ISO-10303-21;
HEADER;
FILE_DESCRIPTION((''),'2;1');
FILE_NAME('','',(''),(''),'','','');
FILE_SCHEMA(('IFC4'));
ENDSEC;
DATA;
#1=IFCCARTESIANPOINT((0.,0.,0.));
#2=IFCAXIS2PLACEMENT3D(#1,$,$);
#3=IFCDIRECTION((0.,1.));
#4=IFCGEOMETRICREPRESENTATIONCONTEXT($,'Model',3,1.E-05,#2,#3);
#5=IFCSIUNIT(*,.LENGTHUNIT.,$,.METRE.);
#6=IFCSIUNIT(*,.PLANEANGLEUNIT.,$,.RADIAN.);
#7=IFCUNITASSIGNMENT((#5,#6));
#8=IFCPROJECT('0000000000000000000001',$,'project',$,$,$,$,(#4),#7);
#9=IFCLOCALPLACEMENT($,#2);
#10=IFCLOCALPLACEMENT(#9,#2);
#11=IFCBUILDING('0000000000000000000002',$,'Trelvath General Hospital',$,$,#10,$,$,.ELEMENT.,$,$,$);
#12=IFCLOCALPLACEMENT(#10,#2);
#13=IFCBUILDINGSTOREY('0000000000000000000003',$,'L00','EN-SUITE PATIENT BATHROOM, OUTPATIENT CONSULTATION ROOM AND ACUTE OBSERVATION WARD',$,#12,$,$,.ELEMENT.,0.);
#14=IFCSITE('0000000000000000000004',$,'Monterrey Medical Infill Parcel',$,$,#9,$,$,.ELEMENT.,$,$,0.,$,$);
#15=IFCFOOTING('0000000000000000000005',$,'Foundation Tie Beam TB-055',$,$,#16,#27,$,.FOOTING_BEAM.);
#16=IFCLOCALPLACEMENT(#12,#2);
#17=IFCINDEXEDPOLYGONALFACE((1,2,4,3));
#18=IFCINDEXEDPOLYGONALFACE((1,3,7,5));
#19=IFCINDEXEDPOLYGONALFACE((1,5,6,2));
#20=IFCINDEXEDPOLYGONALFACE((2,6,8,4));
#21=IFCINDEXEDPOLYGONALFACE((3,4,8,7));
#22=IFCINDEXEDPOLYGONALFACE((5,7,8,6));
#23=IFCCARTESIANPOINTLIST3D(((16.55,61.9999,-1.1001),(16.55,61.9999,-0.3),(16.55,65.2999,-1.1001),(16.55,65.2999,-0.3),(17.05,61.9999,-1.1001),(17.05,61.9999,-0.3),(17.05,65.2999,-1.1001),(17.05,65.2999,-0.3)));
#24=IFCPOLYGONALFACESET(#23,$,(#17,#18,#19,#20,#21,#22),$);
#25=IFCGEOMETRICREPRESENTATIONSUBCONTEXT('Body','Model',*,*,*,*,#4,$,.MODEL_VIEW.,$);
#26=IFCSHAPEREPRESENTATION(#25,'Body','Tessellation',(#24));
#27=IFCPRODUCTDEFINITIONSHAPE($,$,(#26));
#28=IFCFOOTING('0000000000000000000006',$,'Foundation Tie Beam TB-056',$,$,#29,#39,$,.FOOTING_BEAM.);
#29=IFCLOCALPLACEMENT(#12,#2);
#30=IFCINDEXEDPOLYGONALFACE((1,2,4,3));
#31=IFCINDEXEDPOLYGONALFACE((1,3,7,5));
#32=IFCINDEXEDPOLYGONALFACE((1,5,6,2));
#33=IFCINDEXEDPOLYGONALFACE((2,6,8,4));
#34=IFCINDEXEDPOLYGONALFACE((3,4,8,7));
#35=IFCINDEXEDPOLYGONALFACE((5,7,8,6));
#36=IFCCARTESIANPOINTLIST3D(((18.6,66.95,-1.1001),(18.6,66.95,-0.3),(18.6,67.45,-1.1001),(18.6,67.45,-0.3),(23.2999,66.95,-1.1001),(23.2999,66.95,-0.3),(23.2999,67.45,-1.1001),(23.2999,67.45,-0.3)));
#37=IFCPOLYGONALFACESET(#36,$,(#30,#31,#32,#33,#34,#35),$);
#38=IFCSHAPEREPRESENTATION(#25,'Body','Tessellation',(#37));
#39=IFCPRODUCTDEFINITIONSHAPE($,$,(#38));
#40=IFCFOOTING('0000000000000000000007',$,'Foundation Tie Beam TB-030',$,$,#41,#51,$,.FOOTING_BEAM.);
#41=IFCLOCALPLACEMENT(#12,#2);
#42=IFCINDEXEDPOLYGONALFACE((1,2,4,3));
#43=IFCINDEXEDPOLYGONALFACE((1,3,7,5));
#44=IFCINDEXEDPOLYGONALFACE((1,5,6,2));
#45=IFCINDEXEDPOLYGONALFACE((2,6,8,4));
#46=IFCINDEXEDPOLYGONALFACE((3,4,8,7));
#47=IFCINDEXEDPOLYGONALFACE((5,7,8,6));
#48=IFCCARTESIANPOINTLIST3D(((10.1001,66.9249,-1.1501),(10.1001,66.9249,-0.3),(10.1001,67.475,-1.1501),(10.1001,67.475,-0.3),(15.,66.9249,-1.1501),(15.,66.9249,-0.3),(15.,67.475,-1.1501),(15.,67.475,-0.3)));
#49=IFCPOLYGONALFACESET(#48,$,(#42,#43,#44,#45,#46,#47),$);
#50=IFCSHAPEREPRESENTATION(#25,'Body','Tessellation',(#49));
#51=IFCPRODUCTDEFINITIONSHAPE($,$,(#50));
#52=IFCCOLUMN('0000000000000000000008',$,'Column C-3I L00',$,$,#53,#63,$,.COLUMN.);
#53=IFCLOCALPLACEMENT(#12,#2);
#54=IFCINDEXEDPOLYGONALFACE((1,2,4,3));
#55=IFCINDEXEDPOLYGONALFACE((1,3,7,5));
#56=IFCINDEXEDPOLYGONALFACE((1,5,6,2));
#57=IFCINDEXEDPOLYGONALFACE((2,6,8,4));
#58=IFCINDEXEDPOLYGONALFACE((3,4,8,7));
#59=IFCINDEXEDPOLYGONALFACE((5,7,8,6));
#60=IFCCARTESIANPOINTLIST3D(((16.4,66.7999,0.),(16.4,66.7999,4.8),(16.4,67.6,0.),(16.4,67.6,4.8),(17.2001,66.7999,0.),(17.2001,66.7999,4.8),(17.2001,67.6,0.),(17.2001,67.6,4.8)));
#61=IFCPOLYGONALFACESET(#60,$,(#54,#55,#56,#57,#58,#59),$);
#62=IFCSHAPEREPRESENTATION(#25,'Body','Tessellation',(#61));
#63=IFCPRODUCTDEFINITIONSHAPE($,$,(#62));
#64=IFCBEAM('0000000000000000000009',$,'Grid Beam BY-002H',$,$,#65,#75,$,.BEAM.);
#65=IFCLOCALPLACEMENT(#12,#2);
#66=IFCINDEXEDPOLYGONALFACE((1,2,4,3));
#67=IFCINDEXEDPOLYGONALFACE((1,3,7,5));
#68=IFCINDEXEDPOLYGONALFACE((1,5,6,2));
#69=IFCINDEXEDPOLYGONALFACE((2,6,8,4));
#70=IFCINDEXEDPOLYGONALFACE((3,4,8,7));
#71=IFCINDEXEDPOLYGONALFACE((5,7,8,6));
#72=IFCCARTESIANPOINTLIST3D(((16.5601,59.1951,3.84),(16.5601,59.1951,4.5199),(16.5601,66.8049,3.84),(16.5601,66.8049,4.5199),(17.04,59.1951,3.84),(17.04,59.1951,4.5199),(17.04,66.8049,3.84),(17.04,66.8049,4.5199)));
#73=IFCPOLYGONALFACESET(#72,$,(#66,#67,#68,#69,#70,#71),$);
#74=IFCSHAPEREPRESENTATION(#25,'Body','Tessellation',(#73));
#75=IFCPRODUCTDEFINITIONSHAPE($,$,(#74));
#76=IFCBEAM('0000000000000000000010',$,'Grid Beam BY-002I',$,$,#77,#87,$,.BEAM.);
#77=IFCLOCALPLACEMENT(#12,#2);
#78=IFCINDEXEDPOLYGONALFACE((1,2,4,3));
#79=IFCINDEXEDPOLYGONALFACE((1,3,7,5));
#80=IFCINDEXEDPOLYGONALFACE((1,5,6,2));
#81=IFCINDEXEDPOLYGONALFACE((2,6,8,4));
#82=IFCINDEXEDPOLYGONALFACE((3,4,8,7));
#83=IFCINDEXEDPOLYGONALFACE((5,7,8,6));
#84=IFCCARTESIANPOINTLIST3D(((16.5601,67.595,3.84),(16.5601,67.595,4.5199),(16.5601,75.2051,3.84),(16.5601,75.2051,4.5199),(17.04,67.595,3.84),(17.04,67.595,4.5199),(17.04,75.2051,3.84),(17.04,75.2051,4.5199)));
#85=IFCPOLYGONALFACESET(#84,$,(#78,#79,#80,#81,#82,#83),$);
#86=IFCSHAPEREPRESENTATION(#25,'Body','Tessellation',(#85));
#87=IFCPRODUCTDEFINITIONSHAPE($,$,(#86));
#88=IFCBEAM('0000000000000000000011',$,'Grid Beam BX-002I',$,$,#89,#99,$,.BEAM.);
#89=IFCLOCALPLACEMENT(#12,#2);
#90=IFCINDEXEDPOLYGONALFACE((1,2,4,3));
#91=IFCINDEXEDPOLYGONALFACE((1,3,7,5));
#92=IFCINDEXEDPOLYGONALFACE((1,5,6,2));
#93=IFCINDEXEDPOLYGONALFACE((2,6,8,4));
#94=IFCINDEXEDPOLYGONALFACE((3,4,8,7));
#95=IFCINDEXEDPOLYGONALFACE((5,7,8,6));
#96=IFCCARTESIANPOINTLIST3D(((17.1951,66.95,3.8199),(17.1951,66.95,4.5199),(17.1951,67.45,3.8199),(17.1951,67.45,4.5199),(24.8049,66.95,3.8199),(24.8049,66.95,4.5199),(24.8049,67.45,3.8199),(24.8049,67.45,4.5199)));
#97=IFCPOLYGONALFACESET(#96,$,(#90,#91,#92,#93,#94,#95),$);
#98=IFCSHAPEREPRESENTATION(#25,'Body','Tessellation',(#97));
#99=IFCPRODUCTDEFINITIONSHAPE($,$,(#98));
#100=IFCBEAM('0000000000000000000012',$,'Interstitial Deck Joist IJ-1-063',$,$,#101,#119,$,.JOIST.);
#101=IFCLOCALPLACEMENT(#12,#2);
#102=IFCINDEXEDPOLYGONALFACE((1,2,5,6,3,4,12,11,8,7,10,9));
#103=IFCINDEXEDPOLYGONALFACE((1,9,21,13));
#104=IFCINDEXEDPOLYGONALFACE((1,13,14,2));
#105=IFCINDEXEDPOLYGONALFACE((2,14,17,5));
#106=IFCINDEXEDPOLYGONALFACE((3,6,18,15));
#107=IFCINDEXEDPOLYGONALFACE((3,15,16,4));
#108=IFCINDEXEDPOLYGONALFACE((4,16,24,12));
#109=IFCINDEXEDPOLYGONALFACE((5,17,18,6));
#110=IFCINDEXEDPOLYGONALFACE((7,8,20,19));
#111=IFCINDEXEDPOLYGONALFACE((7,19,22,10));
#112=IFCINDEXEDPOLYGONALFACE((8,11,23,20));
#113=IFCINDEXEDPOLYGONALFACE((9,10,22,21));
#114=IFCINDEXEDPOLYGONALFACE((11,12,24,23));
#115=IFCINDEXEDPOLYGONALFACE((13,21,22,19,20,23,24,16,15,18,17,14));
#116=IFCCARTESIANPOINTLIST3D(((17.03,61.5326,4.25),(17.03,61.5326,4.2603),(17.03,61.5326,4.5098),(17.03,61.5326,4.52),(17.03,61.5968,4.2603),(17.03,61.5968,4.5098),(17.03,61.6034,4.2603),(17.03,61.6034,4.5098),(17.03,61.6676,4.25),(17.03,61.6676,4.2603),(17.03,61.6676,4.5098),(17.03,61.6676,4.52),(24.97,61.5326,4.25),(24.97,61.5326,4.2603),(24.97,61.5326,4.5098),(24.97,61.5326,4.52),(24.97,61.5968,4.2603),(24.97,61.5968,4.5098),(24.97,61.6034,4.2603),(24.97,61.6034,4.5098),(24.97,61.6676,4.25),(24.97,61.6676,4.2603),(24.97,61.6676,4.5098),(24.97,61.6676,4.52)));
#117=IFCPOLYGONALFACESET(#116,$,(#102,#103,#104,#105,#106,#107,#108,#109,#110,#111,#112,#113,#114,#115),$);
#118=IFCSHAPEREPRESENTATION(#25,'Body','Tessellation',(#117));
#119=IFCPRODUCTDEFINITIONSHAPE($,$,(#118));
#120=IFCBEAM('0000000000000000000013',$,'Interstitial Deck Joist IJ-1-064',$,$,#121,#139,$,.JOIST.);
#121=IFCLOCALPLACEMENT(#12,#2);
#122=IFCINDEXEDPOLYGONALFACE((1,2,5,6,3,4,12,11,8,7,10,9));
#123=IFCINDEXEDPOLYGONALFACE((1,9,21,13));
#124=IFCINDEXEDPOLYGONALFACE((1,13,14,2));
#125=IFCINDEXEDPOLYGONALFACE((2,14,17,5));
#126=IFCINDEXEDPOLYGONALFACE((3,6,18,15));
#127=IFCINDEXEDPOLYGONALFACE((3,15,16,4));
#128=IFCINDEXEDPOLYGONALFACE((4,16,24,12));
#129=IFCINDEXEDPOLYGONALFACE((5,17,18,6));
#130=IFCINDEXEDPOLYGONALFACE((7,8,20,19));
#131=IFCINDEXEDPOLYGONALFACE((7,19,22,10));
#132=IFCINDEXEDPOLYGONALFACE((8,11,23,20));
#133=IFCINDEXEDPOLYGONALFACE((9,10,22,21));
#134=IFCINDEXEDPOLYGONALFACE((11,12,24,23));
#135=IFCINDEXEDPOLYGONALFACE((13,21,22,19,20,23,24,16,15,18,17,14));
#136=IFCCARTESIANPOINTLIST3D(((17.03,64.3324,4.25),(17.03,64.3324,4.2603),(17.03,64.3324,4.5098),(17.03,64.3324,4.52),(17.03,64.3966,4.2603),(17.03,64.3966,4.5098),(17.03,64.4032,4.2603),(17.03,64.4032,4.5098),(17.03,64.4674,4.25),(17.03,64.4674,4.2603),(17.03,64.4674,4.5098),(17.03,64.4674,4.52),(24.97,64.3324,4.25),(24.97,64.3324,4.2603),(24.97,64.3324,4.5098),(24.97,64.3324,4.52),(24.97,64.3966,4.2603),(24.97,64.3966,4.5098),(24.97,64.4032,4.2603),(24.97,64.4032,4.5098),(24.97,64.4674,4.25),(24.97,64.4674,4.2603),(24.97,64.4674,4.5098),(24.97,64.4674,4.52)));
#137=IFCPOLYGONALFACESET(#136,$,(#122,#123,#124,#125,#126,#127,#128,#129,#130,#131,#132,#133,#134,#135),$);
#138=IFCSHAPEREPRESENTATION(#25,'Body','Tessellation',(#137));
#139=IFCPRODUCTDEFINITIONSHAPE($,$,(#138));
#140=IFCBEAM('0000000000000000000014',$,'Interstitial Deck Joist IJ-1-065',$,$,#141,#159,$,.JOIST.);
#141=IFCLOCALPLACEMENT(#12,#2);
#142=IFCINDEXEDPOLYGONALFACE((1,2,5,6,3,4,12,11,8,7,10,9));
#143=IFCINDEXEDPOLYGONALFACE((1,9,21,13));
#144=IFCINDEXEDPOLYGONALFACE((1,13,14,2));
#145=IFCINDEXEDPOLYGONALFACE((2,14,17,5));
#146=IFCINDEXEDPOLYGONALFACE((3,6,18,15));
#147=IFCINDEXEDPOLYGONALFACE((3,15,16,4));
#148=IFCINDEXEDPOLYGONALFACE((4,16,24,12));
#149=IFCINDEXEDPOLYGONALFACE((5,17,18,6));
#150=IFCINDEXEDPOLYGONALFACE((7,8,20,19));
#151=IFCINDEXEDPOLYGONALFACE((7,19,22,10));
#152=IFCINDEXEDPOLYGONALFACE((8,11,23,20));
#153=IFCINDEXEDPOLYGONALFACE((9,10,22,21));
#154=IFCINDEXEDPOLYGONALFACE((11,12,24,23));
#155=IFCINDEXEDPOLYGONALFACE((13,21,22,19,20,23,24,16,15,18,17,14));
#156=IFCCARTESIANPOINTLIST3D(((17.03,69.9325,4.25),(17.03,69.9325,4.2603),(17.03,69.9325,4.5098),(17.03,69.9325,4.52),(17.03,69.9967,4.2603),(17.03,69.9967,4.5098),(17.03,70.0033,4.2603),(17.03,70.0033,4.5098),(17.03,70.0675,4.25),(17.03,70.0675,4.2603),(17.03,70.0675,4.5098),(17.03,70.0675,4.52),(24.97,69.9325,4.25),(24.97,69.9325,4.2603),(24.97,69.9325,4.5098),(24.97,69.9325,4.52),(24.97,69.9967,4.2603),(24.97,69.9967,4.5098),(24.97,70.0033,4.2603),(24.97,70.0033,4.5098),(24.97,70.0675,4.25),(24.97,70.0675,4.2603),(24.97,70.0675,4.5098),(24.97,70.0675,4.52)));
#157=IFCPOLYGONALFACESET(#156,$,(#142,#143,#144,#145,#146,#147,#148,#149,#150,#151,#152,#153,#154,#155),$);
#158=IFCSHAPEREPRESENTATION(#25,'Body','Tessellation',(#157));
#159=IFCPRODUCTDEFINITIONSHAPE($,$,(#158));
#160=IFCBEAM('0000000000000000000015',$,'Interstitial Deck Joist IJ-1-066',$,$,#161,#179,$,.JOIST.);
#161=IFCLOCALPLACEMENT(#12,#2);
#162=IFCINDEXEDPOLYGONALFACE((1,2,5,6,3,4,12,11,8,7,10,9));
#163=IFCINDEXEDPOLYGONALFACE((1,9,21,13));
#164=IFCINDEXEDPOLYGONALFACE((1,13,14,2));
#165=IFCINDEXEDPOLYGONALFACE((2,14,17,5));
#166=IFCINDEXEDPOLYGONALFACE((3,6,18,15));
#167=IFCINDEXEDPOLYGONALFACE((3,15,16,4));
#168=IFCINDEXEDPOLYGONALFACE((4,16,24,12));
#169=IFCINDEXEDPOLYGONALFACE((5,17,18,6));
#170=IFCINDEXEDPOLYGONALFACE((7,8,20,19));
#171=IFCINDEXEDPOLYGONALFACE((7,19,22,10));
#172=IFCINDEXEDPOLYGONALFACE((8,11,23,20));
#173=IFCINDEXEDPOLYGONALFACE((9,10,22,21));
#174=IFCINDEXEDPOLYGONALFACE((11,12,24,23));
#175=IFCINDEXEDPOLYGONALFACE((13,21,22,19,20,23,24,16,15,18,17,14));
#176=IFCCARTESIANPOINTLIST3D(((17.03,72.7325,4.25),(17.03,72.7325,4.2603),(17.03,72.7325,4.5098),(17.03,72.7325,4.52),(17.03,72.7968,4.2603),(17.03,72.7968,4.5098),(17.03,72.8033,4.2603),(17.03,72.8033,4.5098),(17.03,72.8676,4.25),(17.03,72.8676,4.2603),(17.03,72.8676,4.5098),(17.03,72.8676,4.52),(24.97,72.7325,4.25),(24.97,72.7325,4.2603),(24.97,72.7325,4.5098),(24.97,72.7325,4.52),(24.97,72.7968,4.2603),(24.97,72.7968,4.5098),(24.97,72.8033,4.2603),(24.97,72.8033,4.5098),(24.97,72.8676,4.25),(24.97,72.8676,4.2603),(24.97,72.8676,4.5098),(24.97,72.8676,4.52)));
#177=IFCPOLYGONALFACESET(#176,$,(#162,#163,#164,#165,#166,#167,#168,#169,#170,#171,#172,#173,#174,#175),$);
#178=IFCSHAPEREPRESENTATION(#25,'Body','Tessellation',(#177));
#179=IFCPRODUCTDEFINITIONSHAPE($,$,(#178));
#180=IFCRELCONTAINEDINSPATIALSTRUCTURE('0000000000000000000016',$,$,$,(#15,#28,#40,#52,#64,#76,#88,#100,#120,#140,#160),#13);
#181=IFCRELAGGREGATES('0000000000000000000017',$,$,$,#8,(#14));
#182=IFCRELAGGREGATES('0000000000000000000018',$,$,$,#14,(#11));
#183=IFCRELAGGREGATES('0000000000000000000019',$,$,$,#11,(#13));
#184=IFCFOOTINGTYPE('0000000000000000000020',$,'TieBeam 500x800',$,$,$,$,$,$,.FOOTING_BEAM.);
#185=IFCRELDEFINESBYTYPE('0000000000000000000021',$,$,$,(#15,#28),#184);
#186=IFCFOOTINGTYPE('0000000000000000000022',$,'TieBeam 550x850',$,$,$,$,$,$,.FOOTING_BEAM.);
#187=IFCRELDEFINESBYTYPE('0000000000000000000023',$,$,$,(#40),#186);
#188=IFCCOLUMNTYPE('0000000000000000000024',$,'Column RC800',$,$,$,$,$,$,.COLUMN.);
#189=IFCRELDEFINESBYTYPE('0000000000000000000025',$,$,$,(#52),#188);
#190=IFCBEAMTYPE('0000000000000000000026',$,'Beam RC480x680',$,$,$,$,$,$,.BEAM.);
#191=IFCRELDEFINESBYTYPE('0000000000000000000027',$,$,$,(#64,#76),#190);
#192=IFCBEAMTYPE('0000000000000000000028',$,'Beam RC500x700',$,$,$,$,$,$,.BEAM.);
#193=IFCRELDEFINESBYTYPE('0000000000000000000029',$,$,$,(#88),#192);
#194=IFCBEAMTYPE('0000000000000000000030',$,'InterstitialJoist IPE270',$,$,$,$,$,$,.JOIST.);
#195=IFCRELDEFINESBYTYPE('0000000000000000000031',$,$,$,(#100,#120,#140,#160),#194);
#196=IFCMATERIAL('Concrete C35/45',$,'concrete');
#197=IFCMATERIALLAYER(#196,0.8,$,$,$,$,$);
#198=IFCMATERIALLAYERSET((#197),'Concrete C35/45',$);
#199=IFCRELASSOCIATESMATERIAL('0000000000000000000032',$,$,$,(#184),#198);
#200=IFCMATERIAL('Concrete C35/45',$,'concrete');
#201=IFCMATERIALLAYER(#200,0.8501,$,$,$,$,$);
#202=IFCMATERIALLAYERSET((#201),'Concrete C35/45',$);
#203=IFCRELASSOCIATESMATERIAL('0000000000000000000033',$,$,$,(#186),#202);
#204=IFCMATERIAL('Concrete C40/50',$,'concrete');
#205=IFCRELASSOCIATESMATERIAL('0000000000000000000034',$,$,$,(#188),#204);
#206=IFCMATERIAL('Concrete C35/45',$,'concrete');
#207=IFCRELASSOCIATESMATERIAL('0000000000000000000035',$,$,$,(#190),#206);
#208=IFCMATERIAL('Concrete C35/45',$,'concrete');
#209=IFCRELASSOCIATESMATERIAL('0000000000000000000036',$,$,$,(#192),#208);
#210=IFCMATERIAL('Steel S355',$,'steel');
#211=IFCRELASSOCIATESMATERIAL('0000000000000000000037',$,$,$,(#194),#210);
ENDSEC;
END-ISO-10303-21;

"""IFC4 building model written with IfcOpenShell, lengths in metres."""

from ifc_helpers import new_model, si_unit, direction, frame, origin, origin_2d, place, context, subcontext, project, spatial, rectangle, i_section, extrude, material, layer, layer_set, material_profile, profile_set, type_object, element, save


model = new_model("IFC4")

# Units and contexts
model_context = context("Model", 3, precision=1e-05, world=origin(), true_north=direction((0.0, 1.0)))
body_context = subcontext(model_context, "Body", "Model", "MODEL_VIEW")
ifc_project = project(units=[si_unit("LENGTHUNIT", "METRE"), si_unit("PLANEANGLEUNIT", "RADIAN")], contexts=[model_context])

# Site, building, storey
site_placement = place(None, origin())
site = spatial("IfcSite", under=ifc_project, at=site_placement, Name="Monterrey Medical Infill Parcel", CompositionType="ELEMENT", RefElevation=0.0)
building_placement = place(site_placement, origin())
building = spatial("IfcBuilding", under=site, at=building_placement, Name="Trelvath General Hospital", CompositionType="ELEMENT")
storey_placement = place(building_placement, origin())
storey = spatial("IfcBuildingStorey", under=building, at=storey_placement, Name="L00", Description="EN-SUITE PATIENT BATHROOM, OUTPATIENT CONSULTATION ROOM AND ACUTE OBSERVATION WARD", CompositionType="ELEMENT", Elevation=0.0)

# Footings
ifc_material_1 = material(Name="Concrete C35/45", Category="concrete")
ifc_layer_1 = layer(ifc_material_1, 0.8)
ifc_layer_set_1 = layer_set([ifc_layer_1], Name="Concrete C35/45")
footing_type_1 = type_object("IfcFootingType", Name="TieBeam 500x800", PredefinedType="FOOTING_BEAM", material=ifc_layer_set_1)
footing_1_placement = place(storey_placement, frame((16.8, 63.6499, -1.1001), z_axis=(0.0, 0.0, 1.0), x_axis=(1.0, 0.0, 0.0)))
element("IfcFooting", 1, at=footing_1_placement, inside=storey, type_object=footing_type_1, Name="Foundation Tie Beam TB-055", PredefinedType="FOOTING_BEAM", context=body_context, shape_type="SweptSolid", body=[
    extrude(rectangle(XDim=0.5, YDim=3.3, at=origin_2d()), origin(), (0.0, 0.0, 1.0), 0.8),
])
footing_2_placement = place(storey_placement, frame((20.95, 67.2, -1.1001), z_axis=(0.0, 0.0, 1.0), x_axis=(1.0, 0.0, 0.0)))
element("IfcFooting", 2, at=footing_2_placement, inside=storey, type_object=footing_type_1, Name="Foundation Tie Beam TB-056", PredefinedType="FOOTING_BEAM", context=body_context, shape_type="SweptSolid", body=[
    extrude(rectangle(XDim=4.7, YDim=0.5, at=origin_2d()), origin(), (0.0, 0.0, 1.0), 0.8),
])
ifc_material_2 = material(Name="Concrete C35/45", Category="concrete")
ifc_layer_2 = layer(ifc_material_2, 0.8501)
ifc_layer_set_2 = layer_set([ifc_layer_2], Name="Concrete C35/45")
footing_type_2 = type_object("IfcFootingType", Name="TieBeam 550x850", PredefinedType="FOOTING_BEAM", material=ifc_layer_set_2)
footing_3_placement = place(storey_placement, frame((12.55, 67.2, -1.1501), z_axis=(0.0, 0.0, 1.0), x_axis=(1.0, 0.0, 0.0)))
element("IfcFooting", 3, at=footing_3_placement, inside=storey, type_object=footing_type_2, Name="Foundation Tie Beam TB-030", PredefinedType="FOOTING_BEAM", context=body_context, shape_type="SweptSolid", body=[
    extrude(rectangle(XDim=4.8999, YDim=0.55, at=origin_2d()), origin(), (0.0, 0.0, 1.0), 0.8501),
])

# Column
ifc_material_3 = material(Name="Concrete C40/50", Category="concrete")
ifc_material_profile_1 = material_profile(ifc_material_3, rectangle(XDim=0.8, YDim=0.8, at=origin_2d()), Name="RC800x800")
ifc_profile_set_1 = profile_set([ifc_material_profile_1], Name="Concrete C40/50")
column_type = type_object("IfcColumnType", Name="Column RC800", PredefinedType="COLUMN", material=ifc_profile_set_1)
column_placement = place(storey_placement, frame((16.8, 67.2, 0.0), z_axis=(0.0, 0.0, 1.0), x_axis=(1.0, 0.0, 0.0)))
element("IfcColumn", 4, at=column_placement, inside=storey, type_object=column_type, Name="Column C-3I L00", PredefinedType="COLUMN", context=body_context, shape_type="SweptSolid", body=[
    extrude(rectangle(XDim=0.8, YDim=0.8, at=origin_2d()), origin(), (0.0, 0.0, 1.0), 4.8),
])

# Beams
ifc_material_4 = material(Name="Concrete C35/45", Category="concrete")
ifc_material_profile_2 = material_profile(ifc_material_4, rectangle(XDim=0.48, YDim=0.6799, at=origin_2d()), Name="RCB480x680")
ifc_profile_set_2 = profile_set([ifc_material_profile_2], Name="Concrete C35/45")
beam_type_1 = type_object("IfcBeamType", Name="Beam RC480x680", PredefinedType="BEAM", material=ifc_profile_set_2)
beam_1_placement = place(storey_placement, frame((16.8, 59.1951, 4.1799), z_axis=(0.0, 1.0, 0.0), x_axis=(-1.0, 0.0, 0.0)))
element("IfcBeam", 5, at=beam_1_placement, inside=storey, type_object=beam_type_1, Name="Grid Beam BY-002H", PredefinedType="BEAM", context=body_context, shape_type="SweptSolid", body=[
    extrude(rectangle(XDim=0.48, YDim=0.6799, at=origin_2d()), origin(), (0.0, 0.0, 1.0), 7.6099),
])
beam_2_placement = place(storey_placement, frame((16.8, 67.595, 4.1799), z_axis=(0.0, 1.0, 0.0), x_axis=(-1.0, 0.0, 0.0)))
element("IfcBeam", 6, at=beam_2_placement, inside=storey, type_object=beam_type_1, Name="Grid Beam BY-002I", PredefinedType="BEAM", context=body_context, shape_type="SweptSolid", body=[
    extrude(rectangle(XDim=0.48, YDim=0.6799, at=origin_2d()), origin(), (0.0, 0.0, 1.0), 7.6101),
])
ifc_material_5 = material(Name="Concrete C35/45", Category="concrete")
ifc_material_profile_3 = material_profile(ifc_material_5, rectangle(XDim=0.5, YDim=0.7, at=origin_2d()), Name="RCB500x700")
ifc_profile_set_3 = profile_set([ifc_material_profile_3], Name="Concrete C35/45")
beam_type_2 = type_object("IfcBeamType", Name="Beam RC500x700", PredefinedType="BEAM", material=ifc_profile_set_3)
beam_3_placement = place(storey_placement, frame((17.1951, 67.2, 4.1699), z_axis=(1.0, 0.0, 0.0), x_axis=(0.0, 1.0, 0.0)))
element("IfcBeam", 7, at=beam_3_placement, inside=storey, type_object=beam_type_2, Name="Grid Beam BX-002I", PredefinedType="BEAM", context=body_context, shape_type="SweptSolid", body=[
    extrude(rectangle(XDim=0.5, YDim=0.7, at=origin_2d()), origin(), (0.0, 0.0, 1.0), 7.6099),
])
ifc_material_6 = material(Name="Steel S355", Category="steel")
ifc_material_profile_4 = material_profile(ifc_material_6, i_section(OverallWidth=0.135, OverallDepth=0.27, WebThickness=0.0066, FlangeThickness=0.0103, at=origin_2d()), Name="IPE270")
ifc_profile_set_4 = profile_set([ifc_material_profile_4], Name="Steel S355")
beam_type_3 = type_object("IfcBeamType", Name="InterstitialJoist IPE270", PredefinedType="JOIST", material=ifc_profile_set_4)
for number, where, z_axis, x_axis, name in (
    (8, (17.03, 61.6001, 4.385), (1.0, 0.0, 0.0), (0.0, 1.0, 0.0), "Interstitial Deck Joist IJ-1-063"),
    (9, (17.03, 64.3999, 4.385), (1.0, 0.0, 0.0), (0.0, 1.0, 0.0), "Interstitial Deck Joist IJ-1-064"),
    (10, (17.03, 70.0, 4.385), (1.0, 0.0, 0.0), (0.0, 1.0, 0.0), "Interstitial Deck Joist IJ-1-065"),
    (11, (17.03, 72.8, 4.385), (1.0, 0.0, 0.0), (0.0, 1.0, 0.0), "Interstitial Deck Joist IJ-1-066"),
):
    element("IfcBeam", number, at=place(storey_placement, frame(where, z_axis=z_axis, x_axis=x_axis)), inside=storey, type_object=beam_type_3, Name=name, PredefinedType="JOIST", context=body_context, shape_type="SweptSolid", body=[
        extrude(i_section(OverallWidth=0.135, OverallDepth=0.27, WebThickness=0.0066, FlangeThickness=0.0103, at=origin_2d()), origin(), (0.0, 0.0, 1.0), 7.9399),
    ])

save(model, "model.ifc")
